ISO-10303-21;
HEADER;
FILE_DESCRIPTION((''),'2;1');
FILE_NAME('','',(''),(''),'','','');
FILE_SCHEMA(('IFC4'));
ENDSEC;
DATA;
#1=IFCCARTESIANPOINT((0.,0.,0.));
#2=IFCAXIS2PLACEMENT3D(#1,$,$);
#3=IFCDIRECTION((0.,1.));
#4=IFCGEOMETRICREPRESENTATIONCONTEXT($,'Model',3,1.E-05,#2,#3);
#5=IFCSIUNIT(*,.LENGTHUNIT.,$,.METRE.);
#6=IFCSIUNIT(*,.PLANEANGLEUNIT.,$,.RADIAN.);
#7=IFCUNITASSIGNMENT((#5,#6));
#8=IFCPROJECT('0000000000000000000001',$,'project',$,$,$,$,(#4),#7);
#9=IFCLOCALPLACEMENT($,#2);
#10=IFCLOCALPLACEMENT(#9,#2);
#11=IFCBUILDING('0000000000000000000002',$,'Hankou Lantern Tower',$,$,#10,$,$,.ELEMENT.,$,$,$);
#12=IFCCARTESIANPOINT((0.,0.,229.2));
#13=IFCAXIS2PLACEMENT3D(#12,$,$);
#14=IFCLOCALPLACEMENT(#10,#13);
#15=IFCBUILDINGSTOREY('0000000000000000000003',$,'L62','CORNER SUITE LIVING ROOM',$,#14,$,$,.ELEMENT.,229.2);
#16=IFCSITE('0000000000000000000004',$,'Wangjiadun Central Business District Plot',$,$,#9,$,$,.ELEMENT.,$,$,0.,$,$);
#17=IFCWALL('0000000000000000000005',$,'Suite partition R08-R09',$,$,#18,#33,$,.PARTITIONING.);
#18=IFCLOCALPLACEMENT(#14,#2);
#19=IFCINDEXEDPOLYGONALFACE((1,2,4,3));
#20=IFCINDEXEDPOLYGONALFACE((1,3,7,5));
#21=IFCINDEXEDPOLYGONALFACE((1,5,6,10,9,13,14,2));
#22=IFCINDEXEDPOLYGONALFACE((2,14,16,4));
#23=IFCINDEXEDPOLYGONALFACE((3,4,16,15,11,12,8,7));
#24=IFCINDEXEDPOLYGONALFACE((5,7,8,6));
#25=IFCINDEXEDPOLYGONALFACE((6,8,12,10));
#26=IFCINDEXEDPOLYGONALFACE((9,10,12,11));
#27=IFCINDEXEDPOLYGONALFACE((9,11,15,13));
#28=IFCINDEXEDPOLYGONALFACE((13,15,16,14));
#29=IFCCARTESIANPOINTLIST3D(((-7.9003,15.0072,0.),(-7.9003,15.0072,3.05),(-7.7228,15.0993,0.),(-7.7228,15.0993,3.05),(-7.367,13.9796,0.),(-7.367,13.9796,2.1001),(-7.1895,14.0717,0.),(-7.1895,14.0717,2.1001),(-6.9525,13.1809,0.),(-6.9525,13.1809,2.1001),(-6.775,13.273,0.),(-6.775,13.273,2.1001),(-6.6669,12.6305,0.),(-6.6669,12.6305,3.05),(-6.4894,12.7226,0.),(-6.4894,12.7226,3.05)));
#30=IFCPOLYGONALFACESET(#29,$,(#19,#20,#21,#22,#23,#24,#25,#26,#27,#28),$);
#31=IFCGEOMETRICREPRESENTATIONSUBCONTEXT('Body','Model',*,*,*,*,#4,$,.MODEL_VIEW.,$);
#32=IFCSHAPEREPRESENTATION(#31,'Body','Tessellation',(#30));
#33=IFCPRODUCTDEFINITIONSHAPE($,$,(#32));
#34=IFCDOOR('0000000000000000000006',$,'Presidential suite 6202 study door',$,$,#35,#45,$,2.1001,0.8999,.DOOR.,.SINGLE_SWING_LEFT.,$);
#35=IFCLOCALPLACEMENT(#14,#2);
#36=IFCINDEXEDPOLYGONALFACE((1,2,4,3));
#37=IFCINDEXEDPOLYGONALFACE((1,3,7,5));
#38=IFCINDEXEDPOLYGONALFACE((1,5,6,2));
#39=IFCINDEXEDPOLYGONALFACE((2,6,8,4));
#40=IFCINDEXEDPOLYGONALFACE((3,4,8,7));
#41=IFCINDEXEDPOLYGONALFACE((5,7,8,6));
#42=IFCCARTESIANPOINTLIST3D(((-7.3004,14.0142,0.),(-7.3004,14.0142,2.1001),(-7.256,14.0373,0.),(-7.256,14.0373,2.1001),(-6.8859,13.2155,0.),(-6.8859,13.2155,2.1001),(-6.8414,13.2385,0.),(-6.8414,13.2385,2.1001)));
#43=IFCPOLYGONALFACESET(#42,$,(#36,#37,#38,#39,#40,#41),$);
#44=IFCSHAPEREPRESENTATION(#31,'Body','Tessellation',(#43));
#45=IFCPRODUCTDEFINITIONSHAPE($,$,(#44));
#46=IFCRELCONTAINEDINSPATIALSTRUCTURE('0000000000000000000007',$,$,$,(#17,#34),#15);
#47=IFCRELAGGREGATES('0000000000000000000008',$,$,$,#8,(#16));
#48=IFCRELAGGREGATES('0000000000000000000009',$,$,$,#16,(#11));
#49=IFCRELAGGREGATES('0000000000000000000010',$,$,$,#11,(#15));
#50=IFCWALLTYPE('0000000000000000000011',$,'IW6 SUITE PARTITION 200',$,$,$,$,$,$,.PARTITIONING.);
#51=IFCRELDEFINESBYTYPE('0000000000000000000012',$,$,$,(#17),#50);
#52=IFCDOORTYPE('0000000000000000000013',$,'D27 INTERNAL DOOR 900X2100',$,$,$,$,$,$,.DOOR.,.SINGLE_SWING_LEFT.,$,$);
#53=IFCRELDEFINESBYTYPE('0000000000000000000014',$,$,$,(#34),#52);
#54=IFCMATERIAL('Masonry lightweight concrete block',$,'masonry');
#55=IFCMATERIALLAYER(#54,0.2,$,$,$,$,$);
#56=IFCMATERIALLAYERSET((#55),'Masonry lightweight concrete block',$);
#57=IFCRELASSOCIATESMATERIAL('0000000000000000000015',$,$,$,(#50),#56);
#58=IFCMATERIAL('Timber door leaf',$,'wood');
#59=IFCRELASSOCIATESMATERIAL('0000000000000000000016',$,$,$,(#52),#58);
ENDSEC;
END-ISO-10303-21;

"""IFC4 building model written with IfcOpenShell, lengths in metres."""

from ifc_helpers import new_model, si_unit, direction, frame, frame_2d, origin, place, context, subcontext, project, spatial, rectangle, extrude, material, layer, layer_set, type_object, element, fill, save


model = new_model("IFC4")

# Units and contexts
model_context = context("Model", 3, precision=1e-05, world=origin(), true_north=direction((0.0, 1.0)))
body_context = subcontext(model_context, "Body", "Model", "MODEL_VIEW")
ifc_project = project(units=[si_unit("LENGTHUNIT", "METRE"), si_unit("PLANEANGLEUNIT", "RADIAN")], contexts=[model_context])

# Site, building, storey
site_placement = place(None, origin())
site = spatial("IfcSite", under=ifc_project, at=site_placement, Name="Wangjiadun Central Business District Plot", CompositionType="ELEMENT", RefElevation=0.0)
building_placement = place(site_placement, origin())
building = spatial("IfcBuilding", under=site, at=building_placement, Name="Hankou Lantern Tower", CompositionType="ELEMENT")
storey_placement = place(building_placement, frame((0.0, 0.0, 229.2)))
storey = spatial("IfcBuildingStorey", under=building, at=storey_placement, Name="L62", Description="CORNER SUITE LIVING ROOM", CompositionType="ELEMENT", Elevation=229.2)

# Wall, opening, door
ifc_material_1 = material(Name="Masonry lightweight concrete block", Category="masonry")
ifc_layer_1 = layer(ifc_material_1, 0.2)
ifc_layer_set_1 = layer_set([ifc_layer_1], Name="Masonry lightweight concrete block")
wall_type_1 = type_object("IfcWallType", Name="IW6 SUITE PARTITION 200", PredefinedType="PARTITIONING", material=ifc_layer_set_1)
ifc_material_2 = material(Name="Timber door leaf", Category="wood")
door_type = type_object("IfcDoorType", Name="D27 INTERNAL DOOR 900X2100", OperationType="SINGLE_SWING_LEFT", PredefinedType="DOOR", material=ifc_material_2)
wall_1_placement = place(storey_placement, frame((-6.5781, 12.6765, 0.0), z_axis=(0.0, 0.0, 1.0), x_axis=(-0.460621, 0.887597, 0.0)))
wall_1 = element("IfcWall", 1, at=wall_1_placement, inside=storey, type_object=wall_type_1, Name="Suite partition R08-R09", PredefinedType="PARTITIONING", context=body_context, shape_type="SweptSolid", body=[
    extrude(rectangle(XDim=2.6777, YDim=0.2, at=frame_2d((1.3389, 0.0))), origin(), (0.0, 0.0, 1.0), 3.05),
])
opening_1_placement = place(wall_1_placement, frame((0.6201, 0.0, 0.0)))
opening_1 = element("IfcOpeningElement", 2, at=opening_1_placement, cuts=wall_1, PredefinedType="OPENING", context=body_context, shape_type="SweptSolid", body=[
    extrude(rectangle(XDim=0.8999, YDim=2.1001, at=frame_2d((0.45, 1.05))), frame((0.0, 0.1099, 0.0), z_axis=(0.0, -1.0, 0.0), x_axis=(1.0, 0.0, 0.0)), (0.0, 0.0, 1.0), 0.22),
])
door_1_placement = place(opening_1_placement, origin())
door_1 = element("IfcDoor", 3, at=door_1_placement, inside=storey, type_object=door_type, Name="Presidential suite 6202 study door", OperationType="SINGLE_SWING_LEFT", OverallHeight=2.1001, OverallWidth=0.8999, PredefinedType="DOOR", context=body_context, shape_type="SweptSolid", body=[
    extrude(rectangle(XDim=0.8999, YDim=2.1001, at=frame_2d((0.45, 1.05))), frame((0.0, 0.0249, 0.0), z_axis=(0.0, -1.0, 0.0), x_axis=(1.0, 0.0, 0.0)), (0.0, 0.0, 1.0), 0.05),
])
fill(opening_1, door_1)

save(model, "model.ifc")
